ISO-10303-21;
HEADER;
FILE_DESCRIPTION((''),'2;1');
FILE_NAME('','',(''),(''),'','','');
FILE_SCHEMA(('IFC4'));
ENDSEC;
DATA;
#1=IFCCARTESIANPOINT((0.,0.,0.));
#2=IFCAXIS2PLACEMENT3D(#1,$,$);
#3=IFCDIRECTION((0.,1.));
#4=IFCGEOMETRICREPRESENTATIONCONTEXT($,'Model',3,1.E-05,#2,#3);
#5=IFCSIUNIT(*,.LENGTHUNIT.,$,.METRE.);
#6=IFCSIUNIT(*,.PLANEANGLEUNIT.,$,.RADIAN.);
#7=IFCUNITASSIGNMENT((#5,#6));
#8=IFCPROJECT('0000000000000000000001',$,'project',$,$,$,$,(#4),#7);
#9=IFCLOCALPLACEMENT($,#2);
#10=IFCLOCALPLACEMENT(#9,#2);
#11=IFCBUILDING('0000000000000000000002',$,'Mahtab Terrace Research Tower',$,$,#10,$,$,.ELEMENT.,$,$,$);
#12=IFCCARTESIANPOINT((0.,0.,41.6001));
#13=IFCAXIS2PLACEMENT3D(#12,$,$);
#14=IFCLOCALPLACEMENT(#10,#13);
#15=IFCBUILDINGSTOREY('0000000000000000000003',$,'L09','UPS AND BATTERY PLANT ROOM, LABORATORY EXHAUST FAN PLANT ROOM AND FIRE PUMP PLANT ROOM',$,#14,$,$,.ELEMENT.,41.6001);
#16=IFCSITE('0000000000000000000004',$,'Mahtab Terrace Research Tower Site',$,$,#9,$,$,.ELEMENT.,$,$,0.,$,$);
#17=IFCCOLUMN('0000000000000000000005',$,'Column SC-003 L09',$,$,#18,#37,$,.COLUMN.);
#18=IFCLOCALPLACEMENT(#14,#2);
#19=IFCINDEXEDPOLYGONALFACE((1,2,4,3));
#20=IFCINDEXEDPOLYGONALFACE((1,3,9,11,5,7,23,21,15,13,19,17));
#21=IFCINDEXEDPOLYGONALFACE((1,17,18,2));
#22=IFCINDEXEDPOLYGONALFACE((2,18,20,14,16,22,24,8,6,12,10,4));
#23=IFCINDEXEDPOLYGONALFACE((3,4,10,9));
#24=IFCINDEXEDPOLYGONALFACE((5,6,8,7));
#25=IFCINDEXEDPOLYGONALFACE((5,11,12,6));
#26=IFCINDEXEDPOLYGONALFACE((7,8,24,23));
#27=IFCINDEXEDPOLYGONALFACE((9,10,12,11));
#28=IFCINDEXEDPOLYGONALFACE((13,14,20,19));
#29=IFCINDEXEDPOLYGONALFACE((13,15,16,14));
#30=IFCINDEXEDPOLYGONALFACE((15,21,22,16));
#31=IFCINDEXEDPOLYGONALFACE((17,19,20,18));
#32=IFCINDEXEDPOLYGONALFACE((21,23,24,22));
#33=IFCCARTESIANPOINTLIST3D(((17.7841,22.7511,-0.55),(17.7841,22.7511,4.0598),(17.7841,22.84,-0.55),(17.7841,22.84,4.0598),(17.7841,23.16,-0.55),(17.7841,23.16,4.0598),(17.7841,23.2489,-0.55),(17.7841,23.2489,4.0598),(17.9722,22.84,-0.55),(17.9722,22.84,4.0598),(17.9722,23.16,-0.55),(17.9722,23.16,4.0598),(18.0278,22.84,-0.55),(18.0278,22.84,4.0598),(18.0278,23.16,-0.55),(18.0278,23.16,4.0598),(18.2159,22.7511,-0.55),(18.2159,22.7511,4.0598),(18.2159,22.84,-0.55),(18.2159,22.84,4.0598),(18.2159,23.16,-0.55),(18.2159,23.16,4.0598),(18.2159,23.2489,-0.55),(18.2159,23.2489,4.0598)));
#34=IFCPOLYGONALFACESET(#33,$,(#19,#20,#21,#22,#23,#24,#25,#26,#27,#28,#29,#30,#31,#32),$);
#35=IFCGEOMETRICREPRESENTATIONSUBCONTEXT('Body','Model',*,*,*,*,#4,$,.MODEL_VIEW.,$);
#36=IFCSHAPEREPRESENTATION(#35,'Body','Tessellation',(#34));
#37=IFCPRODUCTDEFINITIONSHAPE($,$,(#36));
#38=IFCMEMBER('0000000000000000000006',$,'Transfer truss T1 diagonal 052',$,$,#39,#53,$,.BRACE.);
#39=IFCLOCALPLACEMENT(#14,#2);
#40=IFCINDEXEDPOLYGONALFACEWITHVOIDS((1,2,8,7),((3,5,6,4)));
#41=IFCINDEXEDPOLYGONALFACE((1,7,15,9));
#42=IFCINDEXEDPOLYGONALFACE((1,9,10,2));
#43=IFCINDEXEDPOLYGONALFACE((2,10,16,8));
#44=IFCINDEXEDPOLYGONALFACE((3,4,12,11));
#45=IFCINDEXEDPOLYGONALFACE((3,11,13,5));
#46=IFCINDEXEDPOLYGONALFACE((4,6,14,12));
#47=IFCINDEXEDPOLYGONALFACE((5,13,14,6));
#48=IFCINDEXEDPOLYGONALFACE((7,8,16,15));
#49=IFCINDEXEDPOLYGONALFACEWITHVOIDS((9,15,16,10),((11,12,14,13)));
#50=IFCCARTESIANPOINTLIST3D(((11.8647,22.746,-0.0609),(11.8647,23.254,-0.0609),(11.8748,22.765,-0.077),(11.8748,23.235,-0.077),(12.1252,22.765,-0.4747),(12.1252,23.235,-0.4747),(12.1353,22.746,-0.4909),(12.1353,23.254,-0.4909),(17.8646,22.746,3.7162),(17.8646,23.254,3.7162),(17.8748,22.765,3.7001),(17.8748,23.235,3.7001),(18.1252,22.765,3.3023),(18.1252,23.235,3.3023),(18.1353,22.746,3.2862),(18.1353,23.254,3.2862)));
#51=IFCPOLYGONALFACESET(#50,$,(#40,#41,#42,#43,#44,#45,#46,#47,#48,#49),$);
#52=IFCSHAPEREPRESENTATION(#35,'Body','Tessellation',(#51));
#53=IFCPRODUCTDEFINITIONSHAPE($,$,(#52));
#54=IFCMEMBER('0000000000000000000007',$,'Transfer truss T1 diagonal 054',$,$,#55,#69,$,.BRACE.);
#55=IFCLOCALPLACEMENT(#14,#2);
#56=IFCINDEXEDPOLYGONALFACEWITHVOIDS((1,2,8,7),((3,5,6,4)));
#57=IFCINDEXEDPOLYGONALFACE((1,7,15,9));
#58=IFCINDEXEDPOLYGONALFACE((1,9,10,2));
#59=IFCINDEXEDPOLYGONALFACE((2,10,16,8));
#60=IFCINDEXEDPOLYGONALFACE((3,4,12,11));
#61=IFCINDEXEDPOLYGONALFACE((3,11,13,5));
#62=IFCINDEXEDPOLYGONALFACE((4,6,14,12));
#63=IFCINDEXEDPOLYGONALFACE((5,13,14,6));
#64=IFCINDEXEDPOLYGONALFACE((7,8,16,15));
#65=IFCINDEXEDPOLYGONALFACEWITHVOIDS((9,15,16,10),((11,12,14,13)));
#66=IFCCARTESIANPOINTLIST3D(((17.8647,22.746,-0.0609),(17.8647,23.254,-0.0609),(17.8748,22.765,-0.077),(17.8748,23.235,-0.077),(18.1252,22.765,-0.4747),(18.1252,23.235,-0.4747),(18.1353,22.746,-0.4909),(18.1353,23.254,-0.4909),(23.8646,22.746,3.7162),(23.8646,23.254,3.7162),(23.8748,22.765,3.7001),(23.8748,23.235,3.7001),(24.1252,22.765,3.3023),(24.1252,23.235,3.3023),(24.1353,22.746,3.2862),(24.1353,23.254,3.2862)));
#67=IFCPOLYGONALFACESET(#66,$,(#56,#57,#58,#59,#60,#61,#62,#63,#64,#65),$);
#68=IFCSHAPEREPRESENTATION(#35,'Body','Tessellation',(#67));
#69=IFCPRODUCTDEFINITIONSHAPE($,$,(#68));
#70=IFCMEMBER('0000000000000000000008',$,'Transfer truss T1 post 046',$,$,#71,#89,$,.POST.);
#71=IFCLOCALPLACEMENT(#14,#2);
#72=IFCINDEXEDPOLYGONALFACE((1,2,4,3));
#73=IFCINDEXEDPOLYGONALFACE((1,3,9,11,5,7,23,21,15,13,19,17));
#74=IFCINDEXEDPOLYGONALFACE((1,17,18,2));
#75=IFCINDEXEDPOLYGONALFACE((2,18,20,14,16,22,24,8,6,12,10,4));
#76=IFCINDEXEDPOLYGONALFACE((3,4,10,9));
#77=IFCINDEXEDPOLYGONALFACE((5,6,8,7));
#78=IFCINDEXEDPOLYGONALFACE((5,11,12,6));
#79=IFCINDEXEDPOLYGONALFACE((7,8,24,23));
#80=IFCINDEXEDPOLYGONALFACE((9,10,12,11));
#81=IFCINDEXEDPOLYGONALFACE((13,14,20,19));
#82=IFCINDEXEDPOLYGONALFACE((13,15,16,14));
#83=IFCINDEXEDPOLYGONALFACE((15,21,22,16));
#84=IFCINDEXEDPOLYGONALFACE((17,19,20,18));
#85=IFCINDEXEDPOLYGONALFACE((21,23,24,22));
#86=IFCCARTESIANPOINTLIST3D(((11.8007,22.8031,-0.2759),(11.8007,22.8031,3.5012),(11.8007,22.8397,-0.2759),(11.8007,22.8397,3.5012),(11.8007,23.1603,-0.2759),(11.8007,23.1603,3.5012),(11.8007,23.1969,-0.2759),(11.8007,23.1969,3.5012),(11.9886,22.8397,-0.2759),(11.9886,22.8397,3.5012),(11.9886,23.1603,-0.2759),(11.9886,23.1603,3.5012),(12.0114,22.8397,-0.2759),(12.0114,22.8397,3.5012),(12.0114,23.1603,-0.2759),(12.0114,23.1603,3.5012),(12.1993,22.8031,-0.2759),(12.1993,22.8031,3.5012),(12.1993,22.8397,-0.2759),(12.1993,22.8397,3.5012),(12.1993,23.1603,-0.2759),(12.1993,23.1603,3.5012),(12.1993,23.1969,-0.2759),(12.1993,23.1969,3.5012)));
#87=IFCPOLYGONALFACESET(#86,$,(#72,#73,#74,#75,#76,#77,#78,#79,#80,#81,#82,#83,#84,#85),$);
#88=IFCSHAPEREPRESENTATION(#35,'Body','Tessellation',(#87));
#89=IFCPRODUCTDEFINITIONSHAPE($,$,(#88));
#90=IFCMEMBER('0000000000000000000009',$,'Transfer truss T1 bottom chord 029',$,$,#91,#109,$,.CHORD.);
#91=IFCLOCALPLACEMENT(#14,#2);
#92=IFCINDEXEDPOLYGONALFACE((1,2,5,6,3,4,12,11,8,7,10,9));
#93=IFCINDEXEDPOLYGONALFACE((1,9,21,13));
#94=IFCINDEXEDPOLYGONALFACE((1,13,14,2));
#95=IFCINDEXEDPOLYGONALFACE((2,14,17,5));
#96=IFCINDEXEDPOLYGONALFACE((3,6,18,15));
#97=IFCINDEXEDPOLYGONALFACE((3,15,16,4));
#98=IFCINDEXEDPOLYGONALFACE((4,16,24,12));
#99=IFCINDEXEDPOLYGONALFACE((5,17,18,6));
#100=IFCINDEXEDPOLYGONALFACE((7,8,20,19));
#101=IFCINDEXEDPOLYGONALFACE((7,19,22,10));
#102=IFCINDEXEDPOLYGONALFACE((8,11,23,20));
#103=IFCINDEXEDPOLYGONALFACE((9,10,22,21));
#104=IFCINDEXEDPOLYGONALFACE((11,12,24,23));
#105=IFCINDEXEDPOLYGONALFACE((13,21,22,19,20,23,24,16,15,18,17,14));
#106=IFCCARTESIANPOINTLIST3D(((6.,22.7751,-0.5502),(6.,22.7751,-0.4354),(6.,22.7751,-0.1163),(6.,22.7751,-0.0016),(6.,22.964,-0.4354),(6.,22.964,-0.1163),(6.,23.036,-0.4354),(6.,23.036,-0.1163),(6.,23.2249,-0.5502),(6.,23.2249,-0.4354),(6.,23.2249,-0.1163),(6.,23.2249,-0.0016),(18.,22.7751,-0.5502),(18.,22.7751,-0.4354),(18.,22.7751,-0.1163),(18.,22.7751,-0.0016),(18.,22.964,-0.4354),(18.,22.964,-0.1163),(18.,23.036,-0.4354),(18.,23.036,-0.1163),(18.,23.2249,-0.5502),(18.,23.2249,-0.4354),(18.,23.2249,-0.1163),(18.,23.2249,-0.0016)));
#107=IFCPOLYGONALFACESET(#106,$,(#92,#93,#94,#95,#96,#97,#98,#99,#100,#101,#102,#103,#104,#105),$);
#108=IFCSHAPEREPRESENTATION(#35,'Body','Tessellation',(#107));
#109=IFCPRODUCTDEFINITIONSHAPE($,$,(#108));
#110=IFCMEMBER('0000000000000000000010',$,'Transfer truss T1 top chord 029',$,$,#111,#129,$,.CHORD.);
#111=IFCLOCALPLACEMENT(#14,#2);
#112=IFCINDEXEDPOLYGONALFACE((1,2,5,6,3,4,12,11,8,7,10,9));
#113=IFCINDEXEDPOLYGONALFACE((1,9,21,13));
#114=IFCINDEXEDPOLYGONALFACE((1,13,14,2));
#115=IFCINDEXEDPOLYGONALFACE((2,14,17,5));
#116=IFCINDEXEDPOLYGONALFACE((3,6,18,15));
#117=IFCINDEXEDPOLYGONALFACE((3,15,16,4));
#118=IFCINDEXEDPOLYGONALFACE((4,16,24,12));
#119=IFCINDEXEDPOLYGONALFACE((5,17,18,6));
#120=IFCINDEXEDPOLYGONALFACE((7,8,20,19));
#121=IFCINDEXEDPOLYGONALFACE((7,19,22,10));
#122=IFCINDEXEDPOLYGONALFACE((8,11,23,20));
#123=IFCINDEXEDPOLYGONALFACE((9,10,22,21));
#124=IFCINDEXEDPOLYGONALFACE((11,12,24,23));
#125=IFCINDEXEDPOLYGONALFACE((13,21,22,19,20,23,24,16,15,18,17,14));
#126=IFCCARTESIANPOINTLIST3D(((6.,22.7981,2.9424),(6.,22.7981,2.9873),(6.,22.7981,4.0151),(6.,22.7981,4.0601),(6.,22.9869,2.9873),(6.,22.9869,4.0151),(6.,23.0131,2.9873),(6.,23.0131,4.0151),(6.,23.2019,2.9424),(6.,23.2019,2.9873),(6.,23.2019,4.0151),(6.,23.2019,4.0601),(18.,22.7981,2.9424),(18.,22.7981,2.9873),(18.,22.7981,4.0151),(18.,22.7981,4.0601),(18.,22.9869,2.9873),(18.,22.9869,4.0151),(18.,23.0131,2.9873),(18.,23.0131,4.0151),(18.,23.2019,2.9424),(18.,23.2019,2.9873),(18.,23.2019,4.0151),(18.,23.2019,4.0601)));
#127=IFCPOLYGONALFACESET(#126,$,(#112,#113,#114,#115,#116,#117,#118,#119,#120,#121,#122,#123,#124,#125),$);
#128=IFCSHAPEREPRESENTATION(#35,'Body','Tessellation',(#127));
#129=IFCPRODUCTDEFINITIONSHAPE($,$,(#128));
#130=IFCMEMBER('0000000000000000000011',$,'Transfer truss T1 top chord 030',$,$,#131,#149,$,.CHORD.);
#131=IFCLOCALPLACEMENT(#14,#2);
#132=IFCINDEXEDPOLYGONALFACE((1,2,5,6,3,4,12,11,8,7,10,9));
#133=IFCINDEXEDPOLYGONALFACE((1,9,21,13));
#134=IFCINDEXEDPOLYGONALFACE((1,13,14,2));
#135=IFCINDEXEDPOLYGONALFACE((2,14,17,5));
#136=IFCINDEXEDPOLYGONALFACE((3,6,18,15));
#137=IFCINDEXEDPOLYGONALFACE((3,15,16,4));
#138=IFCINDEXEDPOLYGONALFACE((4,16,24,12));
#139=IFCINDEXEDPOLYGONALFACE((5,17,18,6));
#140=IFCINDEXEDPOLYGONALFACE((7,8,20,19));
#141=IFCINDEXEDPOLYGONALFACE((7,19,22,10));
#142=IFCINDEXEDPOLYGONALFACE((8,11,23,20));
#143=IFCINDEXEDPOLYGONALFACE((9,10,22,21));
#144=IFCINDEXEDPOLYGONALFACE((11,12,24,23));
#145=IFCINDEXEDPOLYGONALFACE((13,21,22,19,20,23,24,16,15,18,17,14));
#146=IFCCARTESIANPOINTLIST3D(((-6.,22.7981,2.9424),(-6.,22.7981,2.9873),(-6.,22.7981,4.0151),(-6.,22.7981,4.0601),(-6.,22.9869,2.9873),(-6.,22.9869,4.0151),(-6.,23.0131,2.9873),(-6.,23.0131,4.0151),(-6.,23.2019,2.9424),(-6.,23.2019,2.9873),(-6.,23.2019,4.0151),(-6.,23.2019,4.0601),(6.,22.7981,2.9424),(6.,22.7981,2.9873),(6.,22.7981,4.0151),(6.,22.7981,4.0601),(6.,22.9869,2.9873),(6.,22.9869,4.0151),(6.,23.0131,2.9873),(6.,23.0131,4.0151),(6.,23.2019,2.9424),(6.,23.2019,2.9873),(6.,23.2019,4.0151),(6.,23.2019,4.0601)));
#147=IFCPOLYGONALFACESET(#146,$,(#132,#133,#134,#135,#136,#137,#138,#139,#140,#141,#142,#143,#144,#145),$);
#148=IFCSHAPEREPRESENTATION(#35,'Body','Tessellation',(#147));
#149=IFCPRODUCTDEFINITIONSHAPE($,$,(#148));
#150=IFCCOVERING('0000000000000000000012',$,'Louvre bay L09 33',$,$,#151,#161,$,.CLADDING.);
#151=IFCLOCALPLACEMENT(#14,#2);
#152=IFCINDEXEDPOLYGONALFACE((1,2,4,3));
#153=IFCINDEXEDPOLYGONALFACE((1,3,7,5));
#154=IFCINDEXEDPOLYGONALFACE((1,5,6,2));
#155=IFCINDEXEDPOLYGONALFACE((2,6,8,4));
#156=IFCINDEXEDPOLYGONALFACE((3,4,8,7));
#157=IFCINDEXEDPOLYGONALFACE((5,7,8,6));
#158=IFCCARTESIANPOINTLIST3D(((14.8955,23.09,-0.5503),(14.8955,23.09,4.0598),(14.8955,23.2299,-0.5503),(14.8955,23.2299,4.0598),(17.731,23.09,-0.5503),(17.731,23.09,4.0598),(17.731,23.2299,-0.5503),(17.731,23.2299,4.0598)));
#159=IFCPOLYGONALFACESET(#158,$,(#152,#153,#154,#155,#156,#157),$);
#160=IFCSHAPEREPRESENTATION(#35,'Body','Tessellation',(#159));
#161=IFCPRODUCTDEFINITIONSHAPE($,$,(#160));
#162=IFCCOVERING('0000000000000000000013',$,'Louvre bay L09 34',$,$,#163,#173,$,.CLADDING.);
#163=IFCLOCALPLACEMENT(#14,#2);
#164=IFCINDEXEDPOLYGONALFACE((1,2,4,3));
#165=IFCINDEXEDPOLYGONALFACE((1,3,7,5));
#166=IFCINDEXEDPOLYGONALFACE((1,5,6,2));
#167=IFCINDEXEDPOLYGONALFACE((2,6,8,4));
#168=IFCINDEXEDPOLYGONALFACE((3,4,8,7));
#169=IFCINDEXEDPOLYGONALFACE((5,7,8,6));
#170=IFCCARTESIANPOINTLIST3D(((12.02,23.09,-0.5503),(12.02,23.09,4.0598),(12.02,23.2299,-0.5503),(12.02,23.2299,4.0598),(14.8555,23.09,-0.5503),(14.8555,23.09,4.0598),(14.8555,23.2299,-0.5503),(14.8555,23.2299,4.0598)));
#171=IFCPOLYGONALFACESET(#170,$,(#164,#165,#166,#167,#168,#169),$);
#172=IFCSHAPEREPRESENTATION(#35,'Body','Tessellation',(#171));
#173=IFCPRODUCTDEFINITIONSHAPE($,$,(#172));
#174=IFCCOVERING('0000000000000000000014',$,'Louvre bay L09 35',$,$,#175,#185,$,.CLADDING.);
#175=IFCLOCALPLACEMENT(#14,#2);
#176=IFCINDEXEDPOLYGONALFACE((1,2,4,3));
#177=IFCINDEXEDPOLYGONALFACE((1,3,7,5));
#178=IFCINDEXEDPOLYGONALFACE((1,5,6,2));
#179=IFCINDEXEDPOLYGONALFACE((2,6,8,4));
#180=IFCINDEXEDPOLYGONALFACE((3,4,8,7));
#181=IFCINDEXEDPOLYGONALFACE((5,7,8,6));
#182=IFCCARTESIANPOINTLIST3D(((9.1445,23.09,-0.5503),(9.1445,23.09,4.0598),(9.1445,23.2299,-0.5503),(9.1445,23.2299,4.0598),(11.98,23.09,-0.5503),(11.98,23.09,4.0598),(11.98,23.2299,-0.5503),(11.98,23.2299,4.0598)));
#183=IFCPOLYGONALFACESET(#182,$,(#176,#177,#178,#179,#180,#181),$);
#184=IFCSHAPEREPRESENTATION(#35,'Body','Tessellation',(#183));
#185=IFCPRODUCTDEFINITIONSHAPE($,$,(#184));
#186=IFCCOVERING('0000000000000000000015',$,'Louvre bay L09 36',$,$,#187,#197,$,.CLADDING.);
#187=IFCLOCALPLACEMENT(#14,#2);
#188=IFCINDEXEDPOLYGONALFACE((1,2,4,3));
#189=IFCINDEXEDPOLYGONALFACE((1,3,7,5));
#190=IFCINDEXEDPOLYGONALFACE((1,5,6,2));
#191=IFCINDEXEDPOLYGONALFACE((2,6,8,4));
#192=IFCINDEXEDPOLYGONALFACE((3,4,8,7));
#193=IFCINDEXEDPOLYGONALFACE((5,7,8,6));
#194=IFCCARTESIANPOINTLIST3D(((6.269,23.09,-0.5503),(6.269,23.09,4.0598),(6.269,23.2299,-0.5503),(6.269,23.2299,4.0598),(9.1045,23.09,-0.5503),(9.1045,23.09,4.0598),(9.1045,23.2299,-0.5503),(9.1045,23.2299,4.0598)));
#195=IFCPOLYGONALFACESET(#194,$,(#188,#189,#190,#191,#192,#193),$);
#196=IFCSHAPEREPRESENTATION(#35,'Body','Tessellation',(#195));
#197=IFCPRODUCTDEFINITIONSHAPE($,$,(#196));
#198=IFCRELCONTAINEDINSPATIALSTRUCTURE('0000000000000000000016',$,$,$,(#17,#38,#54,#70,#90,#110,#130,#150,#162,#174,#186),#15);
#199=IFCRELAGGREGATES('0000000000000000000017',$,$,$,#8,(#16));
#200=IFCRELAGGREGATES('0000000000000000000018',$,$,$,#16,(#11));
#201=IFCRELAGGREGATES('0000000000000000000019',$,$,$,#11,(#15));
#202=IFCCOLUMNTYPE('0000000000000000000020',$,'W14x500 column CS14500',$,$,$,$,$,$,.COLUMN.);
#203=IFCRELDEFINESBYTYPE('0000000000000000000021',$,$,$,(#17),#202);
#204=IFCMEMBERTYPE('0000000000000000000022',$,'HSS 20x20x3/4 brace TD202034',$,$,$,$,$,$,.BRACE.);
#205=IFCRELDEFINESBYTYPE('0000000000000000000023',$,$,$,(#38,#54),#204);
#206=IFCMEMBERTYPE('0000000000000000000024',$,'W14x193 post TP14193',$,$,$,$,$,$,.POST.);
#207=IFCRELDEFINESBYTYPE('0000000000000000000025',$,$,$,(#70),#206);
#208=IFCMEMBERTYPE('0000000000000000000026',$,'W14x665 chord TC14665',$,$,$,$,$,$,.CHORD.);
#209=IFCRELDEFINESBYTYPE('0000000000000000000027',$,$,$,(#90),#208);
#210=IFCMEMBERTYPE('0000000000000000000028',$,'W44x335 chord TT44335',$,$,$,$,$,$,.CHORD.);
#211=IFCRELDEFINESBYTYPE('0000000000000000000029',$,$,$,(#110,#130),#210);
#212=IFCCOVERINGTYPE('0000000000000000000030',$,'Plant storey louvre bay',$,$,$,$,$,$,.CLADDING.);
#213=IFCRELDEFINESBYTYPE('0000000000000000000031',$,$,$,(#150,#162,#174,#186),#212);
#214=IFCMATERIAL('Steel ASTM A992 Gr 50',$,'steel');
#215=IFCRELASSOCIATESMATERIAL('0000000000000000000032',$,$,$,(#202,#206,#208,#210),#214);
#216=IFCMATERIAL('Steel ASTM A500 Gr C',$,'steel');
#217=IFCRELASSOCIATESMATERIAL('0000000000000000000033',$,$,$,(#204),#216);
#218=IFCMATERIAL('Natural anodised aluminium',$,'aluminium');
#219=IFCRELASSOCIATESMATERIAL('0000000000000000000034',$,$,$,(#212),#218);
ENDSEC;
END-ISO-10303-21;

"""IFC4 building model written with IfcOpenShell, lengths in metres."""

from ifc_helpers import new_model, si_unit, direction, frame, origin, origin_2d, place, context, subcontext, project, spatial, rectangle, hollow_rectangle, i_section, extrude, material, material_profile, profile_set, type_object, element, save


model = new_model("IFC4")

# Units and contexts
model_context = context("Model", 3, precision=1e-05, world=origin(), true_north=direction((0.0, 1.0)))
body_context = subcontext(model_context, "Body", "Model", "MODEL_VIEW")
ifc_project = project(units=[si_unit("LENGTHUNIT", "METRE"), si_unit("PLANEANGLEUNIT", "RADIAN")], contexts=[model_context])

# Site, building, storey
site_placement = place(None, origin())
site = spatial("IfcSite", under=ifc_project, at=site_placement, Name="Mahtab Terrace Research Tower Site", CompositionType="ELEMENT", RefElevation=0.0)
building_placement = place(site_placement, origin())
building = spatial("IfcBuilding", under=site, at=building_placement, Name="Mahtab Terrace Research Tower", CompositionType="ELEMENT")
storey_placement = place(building_placement, frame((0.0, 0.0, 41.6001)))
storey = spatial("IfcBuildingStorey", under=building, at=storey_placement, Name="L09", Description="UPS AND BATTERY PLANT ROOM, LABORATORY EXHAUST FAN PLANT ROOM AND FIRE PUMP PLANT ROOM", CompositionType="ELEMENT", Elevation=41.6001)

# Column
ifc_material_1 = material(Name="Steel ASTM A992 Gr 50", Category="steel")
ifc_material_profile_1 = material_profile(ifc_material_1, i_section(OverallWidth=0.4319, OverallDepth=0.4978, WebThickness=0.0557, FlangeThickness=0.0889, at=origin_2d()), Name="W14X500")
ifc_profile_set_1 = profile_set([ifc_material_profile_1], Name="Steel ASTM A992 Gr 50")
column_type = type_object("IfcColumnType", Name="W14x500 column CS14500", PredefinedType="COLUMN", material=ifc_profile_set_1)
column_placement = place(storey_placement, frame((18.0, 23.0, -0.55), z_axis=(0.0, 0.0, 1.0), x_axis=(1.0, 0.0, 0.0)))
element("IfcColumn", 1, at=column_placement, inside=storey, type_object=column_type, Name="Column SC-003 L09", PredefinedType="COLUMN", context=body_context, shape_type="SweptSolid", body=[
    extrude(i_section(OverallWidth=0.4319, OverallDepth=0.4978, WebThickness=0.0557, FlangeThickness=0.0889, at=origin_2d()), origin(), (0.0, 0.0, 1.0), 4.6099),
])

# Members
ifc_material_2 = material(Name="Steel ASTM A500 Gr C", Category="steel")
ifc_material_profile_2 = material_profile(ifc_material_2, hollow_rectangle(XDim=0.5081, YDim=0.5081, WallThickness=0.019, at=origin_2d()), Name="HSS20X20X3/4")
ifc_profile_set_2 = profile_set([ifc_material_profile_2], Name="Steel ASTM A500 Gr C")
member_type_1 = type_object("IfcMemberType", Name="HSS 20x20x3/4 brace TD202034", PredefinedType="BRACE", material=ifc_profile_set_2)
for number, where, z_axis, x_axis, name in (
    (2, (12.0, 23.0, -0.2759), (0.846276, 0.0, 0.532745), (0.0, 1.0, 0.0), "Transfer truss T1 diagonal 052"),
    (3, (18.0, 23.0, -0.2759), (0.846276, 0.0, 0.532745), (0.0, 1.0, 0.0), "Transfer truss T1 diagonal 054"),
):
    element("IfcMember", number, at=place(storey_placement, frame(where, z_axis=z_axis, x_axis=x_axis)), inside=storey, type_object=member_type_1, Name=name, PredefinedType="BRACE", context=body_context, shape_type="SweptSolid", body=[
        extrude(hollow_rectangle(XDim=0.5081, YDim=0.5081, WallThickness=0.019, at=origin_2d()), origin(), (0.0, 0.0, 1.0), 7.0898),
    ])
ifc_material_profile_3 = material_profile(ifc_material_1, i_section(OverallWidth=0.3987, OverallDepth=0.3938, WebThickness=0.0227, FlangeThickness=0.0366, at=origin_2d()), Name="W14X193")
ifc_profile_set_3 = profile_set([ifc_material_profile_3], Name="Steel ASTM A992 Gr 50")
member_type_2 = type_object("IfcMemberType", Name="W14x193 post TP14193", PredefinedType="POST", material=ifc_profile_set_3)
member_1_placement = place(storey_placement, frame((12.0, 23.0, -0.2759), z_axis=(0.0, 0.0, 1.0), x_axis=(1.0, 0.0, 0.0)))
element("IfcMember", 4, at=member_1_placement, inside=storey, type_object=member_type_2, Name="Transfer truss T1 post 046", PredefinedType="POST", context=body_context, shape_type="SweptSolid", body=[
    extrude(i_section(OverallWidth=0.3987, OverallDepth=0.3938, WebThickness=0.0227, FlangeThickness=0.0366, at=origin_2d()), origin(), (0.0, 0.0, 1.0), 3.7771),
])
ifc_material_profile_4 = material_profile(ifc_material_1, i_section(OverallWidth=0.4497, OverallDepth=0.5486, WebThickness=0.072, FlangeThickness=0.1147, at=origin_2d()), Name="W14X665")
ifc_profile_set_4 = profile_set([ifc_material_profile_4], Name="Steel ASTM A992 Gr 50")
member_type_3 = type_object("IfcMemberType", Name="W14x665 chord TC14665", PredefinedType="CHORD", material=ifc_profile_set_4)
member_2_placement = place(storey_placement, frame((18.0, 23.0, -0.2759), z_axis=(-1.0, 0.0, 0.0), x_axis=(0.0, -1.0, 0.0)))
element("IfcMember", 5, at=member_2_placement, inside=storey, type_object=member_type_3, Name="Transfer truss T1 bottom chord 029", PredefinedType="CHORD", context=body_context, shape_type="SweptSolid", body=[
    extrude(i_section(OverallWidth=0.4497, OverallDepth=0.5486, WebThickness=0.072, FlangeThickness=0.1147, at=origin_2d()), origin(), (0.0, 0.0, 1.0), 12.0),
])
ifc_material_profile_5 = material_profile(ifc_material_1, i_section(OverallWidth=0.4038, OverallDepth=1.1177, WebThickness=0.0261, FlangeThickness=0.0449, at=origin_2d()), Name="W44X335")
ifc_profile_set_5 = profile_set([ifc_material_profile_5], Name="Steel ASTM A992 Gr 50")
member_type_4 = type_object("IfcMemberType", Name="W44x335 chord TT44335", PredefinedType="CHORD", material=ifc_profile_set_5)
for number, where, z_axis, x_axis, name in (
    (6, (18.0, 23.0, 3.5012), (-1.0, 0.0, 0.0), (0.0, -1.0, 0.0), "Transfer truss T1 top chord 029"),
    (7, (6.0, 23.0, 3.5012), (-1.0, 0.0, 0.0), (0.0, -1.0, 0.0), "Transfer truss T1 top chord 030"),
):
    element("IfcMember", number, at=place(storey_placement, frame(where, z_axis=z_axis, x_axis=x_axis)), inside=storey, type_object=member_type_4, Name=name, PredefinedType="CHORD", context=body_context, shape_type="SweptSolid", body=[
        extrude(i_section(OverallWidth=0.4038, OverallDepth=1.1177, WebThickness=0.0261, FlangeThickness=0.0449, at=origin_2d()), origin(), (0.0, 0.0, 1.0), 12.0),
    ])

# Coverings
ifc_material_3 = material(Name="Natural anodised aluminium", Category="aluminium")
covering_type = type_object("IfcCoveringType", Name="Plant storey louvre bay", PredefinedType="CLADDING", material=ifc_material_3)
for number, where, z_axis, x_axis, name in (
    (8, (16.3132, 23.1599, -0.5503), (0.0, 0.0, 1.0), (-1.0, 0.0, 0.0), "Louvre bay L09 33"),
    (9, (13.4377, 23.1599, -0.5503), (0.0, 0.0, 1.0), (-1.0, 0.0, 0.0), "Louvre bay L09 34"),
    (10, (10.5623, 23.1599, -0.5503), (0.0, 0.0, 1.0), (-1.0, 0.0, 0.0), "Louvre bay L09 35"),
    (11, (7.6868, 23.1599, -0.5503), (0.0, 0.0, 1.0), (-1.0, 0.0, 0.0), "Louvre bay L09 36"),
):
    element("IfcCovering", number, at=place(storey_placement, frame(where, z_axis=z_axis, x_axis=x_axis)), inside=storey, type_object=covering_type, Name=name, PredefinedType="CLADDING", context=body_context, shape_type="SweptSolid", body=[
        extrude(rectangle(XDim=2.8354, YDim=0.1399, at=origin_2d()), origin(), (0.0, 0.0, 1.0), 4.6101),
    ])

save(model, "model.ifc")
